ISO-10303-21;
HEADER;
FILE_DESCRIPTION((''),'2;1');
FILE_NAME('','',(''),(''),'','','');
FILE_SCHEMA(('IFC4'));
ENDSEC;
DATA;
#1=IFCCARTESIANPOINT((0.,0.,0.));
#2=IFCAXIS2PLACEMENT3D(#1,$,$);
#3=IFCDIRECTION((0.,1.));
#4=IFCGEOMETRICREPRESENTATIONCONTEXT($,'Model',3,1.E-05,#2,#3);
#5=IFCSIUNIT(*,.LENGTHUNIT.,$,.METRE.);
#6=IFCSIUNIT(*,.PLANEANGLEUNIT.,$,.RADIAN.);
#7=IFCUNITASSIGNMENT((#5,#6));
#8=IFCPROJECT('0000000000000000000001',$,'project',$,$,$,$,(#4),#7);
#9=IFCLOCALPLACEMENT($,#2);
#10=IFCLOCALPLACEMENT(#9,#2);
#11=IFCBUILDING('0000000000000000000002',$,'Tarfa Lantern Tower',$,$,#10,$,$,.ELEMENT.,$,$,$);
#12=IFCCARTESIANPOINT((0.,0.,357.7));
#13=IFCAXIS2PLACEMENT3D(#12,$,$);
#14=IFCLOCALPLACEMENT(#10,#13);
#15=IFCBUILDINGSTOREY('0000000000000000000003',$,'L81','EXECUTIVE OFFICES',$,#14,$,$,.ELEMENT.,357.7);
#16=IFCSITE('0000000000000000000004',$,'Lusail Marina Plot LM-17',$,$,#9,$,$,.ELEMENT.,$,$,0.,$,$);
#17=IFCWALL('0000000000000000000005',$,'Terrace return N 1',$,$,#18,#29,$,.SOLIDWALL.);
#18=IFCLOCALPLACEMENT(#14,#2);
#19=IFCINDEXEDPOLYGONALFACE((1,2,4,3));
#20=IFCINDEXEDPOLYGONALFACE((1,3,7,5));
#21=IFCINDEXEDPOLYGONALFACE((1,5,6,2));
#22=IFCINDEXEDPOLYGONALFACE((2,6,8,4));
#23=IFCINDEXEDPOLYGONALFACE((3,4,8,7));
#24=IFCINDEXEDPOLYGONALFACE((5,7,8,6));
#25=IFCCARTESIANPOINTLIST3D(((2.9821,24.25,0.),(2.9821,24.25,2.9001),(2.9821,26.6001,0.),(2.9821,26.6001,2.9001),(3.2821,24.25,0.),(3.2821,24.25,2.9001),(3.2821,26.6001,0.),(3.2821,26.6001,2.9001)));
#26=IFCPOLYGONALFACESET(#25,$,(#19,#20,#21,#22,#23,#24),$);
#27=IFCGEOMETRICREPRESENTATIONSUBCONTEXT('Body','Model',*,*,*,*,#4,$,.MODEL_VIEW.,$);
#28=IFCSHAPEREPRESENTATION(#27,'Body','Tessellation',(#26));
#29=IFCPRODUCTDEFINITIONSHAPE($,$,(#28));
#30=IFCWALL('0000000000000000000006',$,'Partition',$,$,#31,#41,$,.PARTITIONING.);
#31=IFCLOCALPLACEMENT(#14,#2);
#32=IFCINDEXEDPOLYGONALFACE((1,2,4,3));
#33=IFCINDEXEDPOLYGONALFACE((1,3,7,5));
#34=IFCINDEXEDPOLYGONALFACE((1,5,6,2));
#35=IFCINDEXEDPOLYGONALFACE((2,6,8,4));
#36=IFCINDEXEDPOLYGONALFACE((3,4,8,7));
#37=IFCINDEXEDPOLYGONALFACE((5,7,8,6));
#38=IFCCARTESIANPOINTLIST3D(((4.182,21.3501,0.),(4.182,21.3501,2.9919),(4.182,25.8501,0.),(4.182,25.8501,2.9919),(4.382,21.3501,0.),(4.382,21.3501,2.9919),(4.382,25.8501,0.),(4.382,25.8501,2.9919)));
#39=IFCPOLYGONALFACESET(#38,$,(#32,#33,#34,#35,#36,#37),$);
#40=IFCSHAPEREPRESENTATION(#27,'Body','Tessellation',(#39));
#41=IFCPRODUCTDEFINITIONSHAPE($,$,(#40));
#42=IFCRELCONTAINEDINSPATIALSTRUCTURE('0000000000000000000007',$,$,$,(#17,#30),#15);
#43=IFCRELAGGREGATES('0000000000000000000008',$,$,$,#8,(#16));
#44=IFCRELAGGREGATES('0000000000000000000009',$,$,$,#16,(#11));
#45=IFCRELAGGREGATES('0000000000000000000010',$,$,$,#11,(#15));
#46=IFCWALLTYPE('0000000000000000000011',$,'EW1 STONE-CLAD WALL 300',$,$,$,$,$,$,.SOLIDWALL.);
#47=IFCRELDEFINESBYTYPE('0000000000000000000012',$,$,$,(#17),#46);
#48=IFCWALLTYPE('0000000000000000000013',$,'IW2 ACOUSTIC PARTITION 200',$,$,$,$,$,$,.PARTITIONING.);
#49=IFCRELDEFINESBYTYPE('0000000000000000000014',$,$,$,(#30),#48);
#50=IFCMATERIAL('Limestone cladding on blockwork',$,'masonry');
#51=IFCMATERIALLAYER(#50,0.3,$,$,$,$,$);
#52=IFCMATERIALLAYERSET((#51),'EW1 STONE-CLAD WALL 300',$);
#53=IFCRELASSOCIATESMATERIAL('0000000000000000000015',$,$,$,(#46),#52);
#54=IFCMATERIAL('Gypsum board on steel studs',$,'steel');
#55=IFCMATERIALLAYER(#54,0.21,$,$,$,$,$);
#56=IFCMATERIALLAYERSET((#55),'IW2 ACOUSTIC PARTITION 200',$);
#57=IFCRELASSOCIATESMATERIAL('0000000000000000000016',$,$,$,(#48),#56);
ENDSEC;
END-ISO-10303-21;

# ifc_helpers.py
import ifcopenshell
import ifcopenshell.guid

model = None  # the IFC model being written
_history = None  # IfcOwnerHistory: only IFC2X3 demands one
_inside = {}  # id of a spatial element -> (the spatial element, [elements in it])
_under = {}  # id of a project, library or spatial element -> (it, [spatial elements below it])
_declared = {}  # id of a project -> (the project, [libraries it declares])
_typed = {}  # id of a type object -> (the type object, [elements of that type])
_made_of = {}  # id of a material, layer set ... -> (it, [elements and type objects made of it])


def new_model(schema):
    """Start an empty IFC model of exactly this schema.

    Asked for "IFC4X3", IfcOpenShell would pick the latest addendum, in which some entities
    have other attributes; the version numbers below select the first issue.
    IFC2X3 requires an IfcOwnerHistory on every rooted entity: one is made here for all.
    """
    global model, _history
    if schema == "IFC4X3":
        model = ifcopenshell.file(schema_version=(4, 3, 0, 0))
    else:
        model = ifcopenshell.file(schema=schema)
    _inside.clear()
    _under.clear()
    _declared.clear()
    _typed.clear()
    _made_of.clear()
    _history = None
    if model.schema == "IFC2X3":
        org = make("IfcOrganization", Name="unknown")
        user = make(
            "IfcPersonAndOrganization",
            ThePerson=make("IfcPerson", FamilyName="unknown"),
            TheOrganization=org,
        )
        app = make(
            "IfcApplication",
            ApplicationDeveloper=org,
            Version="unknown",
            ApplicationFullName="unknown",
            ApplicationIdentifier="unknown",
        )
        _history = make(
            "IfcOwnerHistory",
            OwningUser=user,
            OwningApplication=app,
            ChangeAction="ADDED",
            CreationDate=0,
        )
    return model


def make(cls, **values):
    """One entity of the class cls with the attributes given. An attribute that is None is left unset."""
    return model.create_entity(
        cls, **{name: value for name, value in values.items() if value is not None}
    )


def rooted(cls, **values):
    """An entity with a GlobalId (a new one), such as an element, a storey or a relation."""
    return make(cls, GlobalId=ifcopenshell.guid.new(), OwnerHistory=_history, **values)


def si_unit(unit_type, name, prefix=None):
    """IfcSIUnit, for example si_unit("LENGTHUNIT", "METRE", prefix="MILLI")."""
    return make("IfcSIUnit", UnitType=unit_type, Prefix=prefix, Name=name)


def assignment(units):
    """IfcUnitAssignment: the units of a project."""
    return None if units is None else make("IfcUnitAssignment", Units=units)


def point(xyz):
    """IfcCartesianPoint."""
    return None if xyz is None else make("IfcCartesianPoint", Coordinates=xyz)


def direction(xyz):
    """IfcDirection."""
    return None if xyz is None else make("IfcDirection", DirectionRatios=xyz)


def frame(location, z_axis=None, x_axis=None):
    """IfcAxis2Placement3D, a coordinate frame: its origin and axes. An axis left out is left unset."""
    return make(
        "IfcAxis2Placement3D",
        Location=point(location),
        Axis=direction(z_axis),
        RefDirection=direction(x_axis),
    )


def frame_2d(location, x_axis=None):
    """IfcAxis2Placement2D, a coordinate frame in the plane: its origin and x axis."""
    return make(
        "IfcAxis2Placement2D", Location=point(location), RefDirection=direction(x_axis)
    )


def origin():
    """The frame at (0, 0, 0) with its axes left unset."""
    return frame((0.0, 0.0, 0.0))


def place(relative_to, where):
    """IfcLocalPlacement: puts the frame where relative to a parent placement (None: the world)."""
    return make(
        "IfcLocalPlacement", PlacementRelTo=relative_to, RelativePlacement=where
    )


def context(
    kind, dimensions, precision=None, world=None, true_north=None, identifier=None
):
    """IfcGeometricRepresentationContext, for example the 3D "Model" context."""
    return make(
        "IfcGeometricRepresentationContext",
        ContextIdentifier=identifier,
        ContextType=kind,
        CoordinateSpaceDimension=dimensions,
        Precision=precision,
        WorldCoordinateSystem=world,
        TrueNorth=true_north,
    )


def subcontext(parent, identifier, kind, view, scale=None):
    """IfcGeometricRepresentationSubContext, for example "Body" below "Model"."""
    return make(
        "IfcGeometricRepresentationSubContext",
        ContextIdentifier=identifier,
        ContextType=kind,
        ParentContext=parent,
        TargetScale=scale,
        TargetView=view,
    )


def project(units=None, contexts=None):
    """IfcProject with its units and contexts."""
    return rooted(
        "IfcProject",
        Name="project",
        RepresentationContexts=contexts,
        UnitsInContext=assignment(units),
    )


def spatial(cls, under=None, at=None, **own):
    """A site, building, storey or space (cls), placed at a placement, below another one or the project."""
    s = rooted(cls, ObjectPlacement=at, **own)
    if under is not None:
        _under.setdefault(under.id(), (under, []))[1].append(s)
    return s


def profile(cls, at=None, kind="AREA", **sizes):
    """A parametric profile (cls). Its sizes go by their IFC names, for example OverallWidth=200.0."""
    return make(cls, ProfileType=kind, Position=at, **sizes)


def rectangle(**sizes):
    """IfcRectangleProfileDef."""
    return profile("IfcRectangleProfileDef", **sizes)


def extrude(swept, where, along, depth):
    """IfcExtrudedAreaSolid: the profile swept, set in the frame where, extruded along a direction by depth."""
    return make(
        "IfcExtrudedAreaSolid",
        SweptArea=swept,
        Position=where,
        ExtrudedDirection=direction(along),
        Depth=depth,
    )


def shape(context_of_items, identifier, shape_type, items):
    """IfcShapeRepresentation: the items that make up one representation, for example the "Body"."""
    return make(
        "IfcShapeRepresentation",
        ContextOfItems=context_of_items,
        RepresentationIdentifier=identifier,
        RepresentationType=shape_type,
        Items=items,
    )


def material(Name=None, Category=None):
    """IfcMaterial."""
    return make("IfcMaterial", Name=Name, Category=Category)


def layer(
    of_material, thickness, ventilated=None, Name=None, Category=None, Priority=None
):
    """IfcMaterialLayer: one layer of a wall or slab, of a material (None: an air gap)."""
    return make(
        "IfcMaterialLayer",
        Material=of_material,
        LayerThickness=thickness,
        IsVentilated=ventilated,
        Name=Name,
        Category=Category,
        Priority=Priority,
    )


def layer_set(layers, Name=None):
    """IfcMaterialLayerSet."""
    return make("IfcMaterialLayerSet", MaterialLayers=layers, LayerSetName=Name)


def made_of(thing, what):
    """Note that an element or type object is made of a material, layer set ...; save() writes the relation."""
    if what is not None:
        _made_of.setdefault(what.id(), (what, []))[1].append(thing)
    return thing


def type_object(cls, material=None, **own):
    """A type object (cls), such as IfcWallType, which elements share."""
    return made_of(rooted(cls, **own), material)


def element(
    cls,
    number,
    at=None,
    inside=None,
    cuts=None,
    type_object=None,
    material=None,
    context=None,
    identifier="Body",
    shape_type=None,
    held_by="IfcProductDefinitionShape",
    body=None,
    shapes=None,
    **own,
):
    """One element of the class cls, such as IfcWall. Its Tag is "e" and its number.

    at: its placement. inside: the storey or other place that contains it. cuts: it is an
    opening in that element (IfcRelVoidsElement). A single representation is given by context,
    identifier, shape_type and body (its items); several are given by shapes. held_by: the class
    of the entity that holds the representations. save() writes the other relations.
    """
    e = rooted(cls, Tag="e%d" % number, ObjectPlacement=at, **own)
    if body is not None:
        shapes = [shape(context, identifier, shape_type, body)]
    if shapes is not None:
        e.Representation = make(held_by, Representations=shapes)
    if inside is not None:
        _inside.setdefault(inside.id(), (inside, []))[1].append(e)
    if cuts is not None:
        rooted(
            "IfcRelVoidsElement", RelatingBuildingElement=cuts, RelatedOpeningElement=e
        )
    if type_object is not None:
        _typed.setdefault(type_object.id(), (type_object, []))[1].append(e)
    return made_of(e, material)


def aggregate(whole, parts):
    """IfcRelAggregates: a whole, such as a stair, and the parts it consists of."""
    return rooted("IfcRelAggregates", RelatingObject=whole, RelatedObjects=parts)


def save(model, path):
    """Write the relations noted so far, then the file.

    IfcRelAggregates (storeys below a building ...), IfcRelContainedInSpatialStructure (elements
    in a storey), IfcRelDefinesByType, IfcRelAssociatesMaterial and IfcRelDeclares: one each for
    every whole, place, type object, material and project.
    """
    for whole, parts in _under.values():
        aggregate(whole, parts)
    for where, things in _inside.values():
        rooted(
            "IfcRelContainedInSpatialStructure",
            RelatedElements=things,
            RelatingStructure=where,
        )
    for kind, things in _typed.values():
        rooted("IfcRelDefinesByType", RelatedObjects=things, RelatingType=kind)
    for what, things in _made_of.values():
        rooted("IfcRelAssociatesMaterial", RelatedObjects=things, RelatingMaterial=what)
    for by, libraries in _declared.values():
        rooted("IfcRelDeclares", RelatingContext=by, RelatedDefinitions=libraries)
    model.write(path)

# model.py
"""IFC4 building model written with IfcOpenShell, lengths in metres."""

from ifc_helpers import new_model, si_unit, direction, frame, frame_2d, origin, place, context, subcontext, project, spatial, rectangle, extrude, material, layer, layer_set, type_object, element, save


model = new_model("IFC4")

# Units and contexts
model_context = context("Model", 3, precision=1e-05, world=origin(), true_north=direction((0.0, 1.0)))
body_context = subcontext(model_context, "Body", "Model", "MODEL_VIEW")
ifc_project = project(units=[si_unit("LENGTHUNIT", "METRE"), si_unit("PLANEANGLEUNIT", "RADIAN")], contexts=[model_context])

# Site, building, storey
site_placement = place(None, origin())
site = spatial("IfcSite", under=ifc_project, at=site_placement, Name="Lusail Marina Plot LM-17", CompositionType="ELEMENT", RefElevation=0.0)
building_placement = place(site_placement, origin())
building = spatial("IfcBuilding", under=site, at=building_placement, Name="Tarfa Lantern Tower", CompositionType="ELEMENT")
storey_placement = place(building_placement, frame((0.0, 0.0, 357.7)))
storey = spatial("IfcBuildingStorey", under=building, at=storey_placement, Name="L81", Description="EXECUTIVE OFFICES", CompositionType="ELEMENT", Elevation=357.7)

# Shared definitions
ifc_material_1 = material(Name="Limestone cladding on blockwork", Category="masonry")
ifc_layer_1 = layer(ifc_material_1, 0.3)
ifc_layer_set_1 = layer_set([ifc_layer_1], Name="EW1 STONE-CLAD WALL 300")
wall_type_1 = type_object("IfcWallType", Name="EW1 STONE-CLAD WALL 300", PredefinedType="SOLIDWALL", material=ifc_layer_set_1)

# Wall
wall_1_placement = place(storey_placement, frame((3.1321, 26.6001, 0.0), z_axis=(0.0, 0.0, 1.0), x_axis=(0.0, -1.0, 0.0)))
element("IfcWall", 1, at=wall_1_placement, inside=storey, type_object=wall_type_1, Name="Terrace return N 1", PredefinedType="SOLIDWALL", context=body_context, shape_type="SweptSolid", body=[
    extrude(rectangle(XDim=2.3501, YDim=0.3, at=frame_2d((1.175, 0.0))), origin(), (0.0, 0.0, 1.0), 2.9001),
])

# Shared definitions
ifc_material_2 = material(Name="Gypsum board on steel studs", Category="steel")
ifc_layer_2 = layer(ifc_material_2, 0.21)
ifc_layer_set_2 = layer_set([ifc_layer_2], Name="IW2 ACOUSTIC PARTITION 200")
wall_type_2 = type_object("IfcWallType", Name="IW2 ACOUSTIC PARTITION 200", PredefinedType="PARTITIONING", material=ifc_layer_set_2)

# Wall
wall_2_placement = place(storey_placement, frame((4.282, 21.3501, 0.0), z_axis=(0.0, 0.0, 1.0), x_axis=(0.0, 1.0, 0.0)))
element("IfcWall", 2, at=wall_2_placement, inside=storey, type_object=wall_type_2, Name="Partition", PredefinedType="PARTITIONING", context=body_context, shape_type="SweptSolid", body=[
    extrude(rectangle(XDim=4.5, YDim=0.2, at=frame_2d((2.25, 0.0))), origin(), (0.0, 0.0, 1.0), 2.9919),
])

save(model, "model.ifc")
